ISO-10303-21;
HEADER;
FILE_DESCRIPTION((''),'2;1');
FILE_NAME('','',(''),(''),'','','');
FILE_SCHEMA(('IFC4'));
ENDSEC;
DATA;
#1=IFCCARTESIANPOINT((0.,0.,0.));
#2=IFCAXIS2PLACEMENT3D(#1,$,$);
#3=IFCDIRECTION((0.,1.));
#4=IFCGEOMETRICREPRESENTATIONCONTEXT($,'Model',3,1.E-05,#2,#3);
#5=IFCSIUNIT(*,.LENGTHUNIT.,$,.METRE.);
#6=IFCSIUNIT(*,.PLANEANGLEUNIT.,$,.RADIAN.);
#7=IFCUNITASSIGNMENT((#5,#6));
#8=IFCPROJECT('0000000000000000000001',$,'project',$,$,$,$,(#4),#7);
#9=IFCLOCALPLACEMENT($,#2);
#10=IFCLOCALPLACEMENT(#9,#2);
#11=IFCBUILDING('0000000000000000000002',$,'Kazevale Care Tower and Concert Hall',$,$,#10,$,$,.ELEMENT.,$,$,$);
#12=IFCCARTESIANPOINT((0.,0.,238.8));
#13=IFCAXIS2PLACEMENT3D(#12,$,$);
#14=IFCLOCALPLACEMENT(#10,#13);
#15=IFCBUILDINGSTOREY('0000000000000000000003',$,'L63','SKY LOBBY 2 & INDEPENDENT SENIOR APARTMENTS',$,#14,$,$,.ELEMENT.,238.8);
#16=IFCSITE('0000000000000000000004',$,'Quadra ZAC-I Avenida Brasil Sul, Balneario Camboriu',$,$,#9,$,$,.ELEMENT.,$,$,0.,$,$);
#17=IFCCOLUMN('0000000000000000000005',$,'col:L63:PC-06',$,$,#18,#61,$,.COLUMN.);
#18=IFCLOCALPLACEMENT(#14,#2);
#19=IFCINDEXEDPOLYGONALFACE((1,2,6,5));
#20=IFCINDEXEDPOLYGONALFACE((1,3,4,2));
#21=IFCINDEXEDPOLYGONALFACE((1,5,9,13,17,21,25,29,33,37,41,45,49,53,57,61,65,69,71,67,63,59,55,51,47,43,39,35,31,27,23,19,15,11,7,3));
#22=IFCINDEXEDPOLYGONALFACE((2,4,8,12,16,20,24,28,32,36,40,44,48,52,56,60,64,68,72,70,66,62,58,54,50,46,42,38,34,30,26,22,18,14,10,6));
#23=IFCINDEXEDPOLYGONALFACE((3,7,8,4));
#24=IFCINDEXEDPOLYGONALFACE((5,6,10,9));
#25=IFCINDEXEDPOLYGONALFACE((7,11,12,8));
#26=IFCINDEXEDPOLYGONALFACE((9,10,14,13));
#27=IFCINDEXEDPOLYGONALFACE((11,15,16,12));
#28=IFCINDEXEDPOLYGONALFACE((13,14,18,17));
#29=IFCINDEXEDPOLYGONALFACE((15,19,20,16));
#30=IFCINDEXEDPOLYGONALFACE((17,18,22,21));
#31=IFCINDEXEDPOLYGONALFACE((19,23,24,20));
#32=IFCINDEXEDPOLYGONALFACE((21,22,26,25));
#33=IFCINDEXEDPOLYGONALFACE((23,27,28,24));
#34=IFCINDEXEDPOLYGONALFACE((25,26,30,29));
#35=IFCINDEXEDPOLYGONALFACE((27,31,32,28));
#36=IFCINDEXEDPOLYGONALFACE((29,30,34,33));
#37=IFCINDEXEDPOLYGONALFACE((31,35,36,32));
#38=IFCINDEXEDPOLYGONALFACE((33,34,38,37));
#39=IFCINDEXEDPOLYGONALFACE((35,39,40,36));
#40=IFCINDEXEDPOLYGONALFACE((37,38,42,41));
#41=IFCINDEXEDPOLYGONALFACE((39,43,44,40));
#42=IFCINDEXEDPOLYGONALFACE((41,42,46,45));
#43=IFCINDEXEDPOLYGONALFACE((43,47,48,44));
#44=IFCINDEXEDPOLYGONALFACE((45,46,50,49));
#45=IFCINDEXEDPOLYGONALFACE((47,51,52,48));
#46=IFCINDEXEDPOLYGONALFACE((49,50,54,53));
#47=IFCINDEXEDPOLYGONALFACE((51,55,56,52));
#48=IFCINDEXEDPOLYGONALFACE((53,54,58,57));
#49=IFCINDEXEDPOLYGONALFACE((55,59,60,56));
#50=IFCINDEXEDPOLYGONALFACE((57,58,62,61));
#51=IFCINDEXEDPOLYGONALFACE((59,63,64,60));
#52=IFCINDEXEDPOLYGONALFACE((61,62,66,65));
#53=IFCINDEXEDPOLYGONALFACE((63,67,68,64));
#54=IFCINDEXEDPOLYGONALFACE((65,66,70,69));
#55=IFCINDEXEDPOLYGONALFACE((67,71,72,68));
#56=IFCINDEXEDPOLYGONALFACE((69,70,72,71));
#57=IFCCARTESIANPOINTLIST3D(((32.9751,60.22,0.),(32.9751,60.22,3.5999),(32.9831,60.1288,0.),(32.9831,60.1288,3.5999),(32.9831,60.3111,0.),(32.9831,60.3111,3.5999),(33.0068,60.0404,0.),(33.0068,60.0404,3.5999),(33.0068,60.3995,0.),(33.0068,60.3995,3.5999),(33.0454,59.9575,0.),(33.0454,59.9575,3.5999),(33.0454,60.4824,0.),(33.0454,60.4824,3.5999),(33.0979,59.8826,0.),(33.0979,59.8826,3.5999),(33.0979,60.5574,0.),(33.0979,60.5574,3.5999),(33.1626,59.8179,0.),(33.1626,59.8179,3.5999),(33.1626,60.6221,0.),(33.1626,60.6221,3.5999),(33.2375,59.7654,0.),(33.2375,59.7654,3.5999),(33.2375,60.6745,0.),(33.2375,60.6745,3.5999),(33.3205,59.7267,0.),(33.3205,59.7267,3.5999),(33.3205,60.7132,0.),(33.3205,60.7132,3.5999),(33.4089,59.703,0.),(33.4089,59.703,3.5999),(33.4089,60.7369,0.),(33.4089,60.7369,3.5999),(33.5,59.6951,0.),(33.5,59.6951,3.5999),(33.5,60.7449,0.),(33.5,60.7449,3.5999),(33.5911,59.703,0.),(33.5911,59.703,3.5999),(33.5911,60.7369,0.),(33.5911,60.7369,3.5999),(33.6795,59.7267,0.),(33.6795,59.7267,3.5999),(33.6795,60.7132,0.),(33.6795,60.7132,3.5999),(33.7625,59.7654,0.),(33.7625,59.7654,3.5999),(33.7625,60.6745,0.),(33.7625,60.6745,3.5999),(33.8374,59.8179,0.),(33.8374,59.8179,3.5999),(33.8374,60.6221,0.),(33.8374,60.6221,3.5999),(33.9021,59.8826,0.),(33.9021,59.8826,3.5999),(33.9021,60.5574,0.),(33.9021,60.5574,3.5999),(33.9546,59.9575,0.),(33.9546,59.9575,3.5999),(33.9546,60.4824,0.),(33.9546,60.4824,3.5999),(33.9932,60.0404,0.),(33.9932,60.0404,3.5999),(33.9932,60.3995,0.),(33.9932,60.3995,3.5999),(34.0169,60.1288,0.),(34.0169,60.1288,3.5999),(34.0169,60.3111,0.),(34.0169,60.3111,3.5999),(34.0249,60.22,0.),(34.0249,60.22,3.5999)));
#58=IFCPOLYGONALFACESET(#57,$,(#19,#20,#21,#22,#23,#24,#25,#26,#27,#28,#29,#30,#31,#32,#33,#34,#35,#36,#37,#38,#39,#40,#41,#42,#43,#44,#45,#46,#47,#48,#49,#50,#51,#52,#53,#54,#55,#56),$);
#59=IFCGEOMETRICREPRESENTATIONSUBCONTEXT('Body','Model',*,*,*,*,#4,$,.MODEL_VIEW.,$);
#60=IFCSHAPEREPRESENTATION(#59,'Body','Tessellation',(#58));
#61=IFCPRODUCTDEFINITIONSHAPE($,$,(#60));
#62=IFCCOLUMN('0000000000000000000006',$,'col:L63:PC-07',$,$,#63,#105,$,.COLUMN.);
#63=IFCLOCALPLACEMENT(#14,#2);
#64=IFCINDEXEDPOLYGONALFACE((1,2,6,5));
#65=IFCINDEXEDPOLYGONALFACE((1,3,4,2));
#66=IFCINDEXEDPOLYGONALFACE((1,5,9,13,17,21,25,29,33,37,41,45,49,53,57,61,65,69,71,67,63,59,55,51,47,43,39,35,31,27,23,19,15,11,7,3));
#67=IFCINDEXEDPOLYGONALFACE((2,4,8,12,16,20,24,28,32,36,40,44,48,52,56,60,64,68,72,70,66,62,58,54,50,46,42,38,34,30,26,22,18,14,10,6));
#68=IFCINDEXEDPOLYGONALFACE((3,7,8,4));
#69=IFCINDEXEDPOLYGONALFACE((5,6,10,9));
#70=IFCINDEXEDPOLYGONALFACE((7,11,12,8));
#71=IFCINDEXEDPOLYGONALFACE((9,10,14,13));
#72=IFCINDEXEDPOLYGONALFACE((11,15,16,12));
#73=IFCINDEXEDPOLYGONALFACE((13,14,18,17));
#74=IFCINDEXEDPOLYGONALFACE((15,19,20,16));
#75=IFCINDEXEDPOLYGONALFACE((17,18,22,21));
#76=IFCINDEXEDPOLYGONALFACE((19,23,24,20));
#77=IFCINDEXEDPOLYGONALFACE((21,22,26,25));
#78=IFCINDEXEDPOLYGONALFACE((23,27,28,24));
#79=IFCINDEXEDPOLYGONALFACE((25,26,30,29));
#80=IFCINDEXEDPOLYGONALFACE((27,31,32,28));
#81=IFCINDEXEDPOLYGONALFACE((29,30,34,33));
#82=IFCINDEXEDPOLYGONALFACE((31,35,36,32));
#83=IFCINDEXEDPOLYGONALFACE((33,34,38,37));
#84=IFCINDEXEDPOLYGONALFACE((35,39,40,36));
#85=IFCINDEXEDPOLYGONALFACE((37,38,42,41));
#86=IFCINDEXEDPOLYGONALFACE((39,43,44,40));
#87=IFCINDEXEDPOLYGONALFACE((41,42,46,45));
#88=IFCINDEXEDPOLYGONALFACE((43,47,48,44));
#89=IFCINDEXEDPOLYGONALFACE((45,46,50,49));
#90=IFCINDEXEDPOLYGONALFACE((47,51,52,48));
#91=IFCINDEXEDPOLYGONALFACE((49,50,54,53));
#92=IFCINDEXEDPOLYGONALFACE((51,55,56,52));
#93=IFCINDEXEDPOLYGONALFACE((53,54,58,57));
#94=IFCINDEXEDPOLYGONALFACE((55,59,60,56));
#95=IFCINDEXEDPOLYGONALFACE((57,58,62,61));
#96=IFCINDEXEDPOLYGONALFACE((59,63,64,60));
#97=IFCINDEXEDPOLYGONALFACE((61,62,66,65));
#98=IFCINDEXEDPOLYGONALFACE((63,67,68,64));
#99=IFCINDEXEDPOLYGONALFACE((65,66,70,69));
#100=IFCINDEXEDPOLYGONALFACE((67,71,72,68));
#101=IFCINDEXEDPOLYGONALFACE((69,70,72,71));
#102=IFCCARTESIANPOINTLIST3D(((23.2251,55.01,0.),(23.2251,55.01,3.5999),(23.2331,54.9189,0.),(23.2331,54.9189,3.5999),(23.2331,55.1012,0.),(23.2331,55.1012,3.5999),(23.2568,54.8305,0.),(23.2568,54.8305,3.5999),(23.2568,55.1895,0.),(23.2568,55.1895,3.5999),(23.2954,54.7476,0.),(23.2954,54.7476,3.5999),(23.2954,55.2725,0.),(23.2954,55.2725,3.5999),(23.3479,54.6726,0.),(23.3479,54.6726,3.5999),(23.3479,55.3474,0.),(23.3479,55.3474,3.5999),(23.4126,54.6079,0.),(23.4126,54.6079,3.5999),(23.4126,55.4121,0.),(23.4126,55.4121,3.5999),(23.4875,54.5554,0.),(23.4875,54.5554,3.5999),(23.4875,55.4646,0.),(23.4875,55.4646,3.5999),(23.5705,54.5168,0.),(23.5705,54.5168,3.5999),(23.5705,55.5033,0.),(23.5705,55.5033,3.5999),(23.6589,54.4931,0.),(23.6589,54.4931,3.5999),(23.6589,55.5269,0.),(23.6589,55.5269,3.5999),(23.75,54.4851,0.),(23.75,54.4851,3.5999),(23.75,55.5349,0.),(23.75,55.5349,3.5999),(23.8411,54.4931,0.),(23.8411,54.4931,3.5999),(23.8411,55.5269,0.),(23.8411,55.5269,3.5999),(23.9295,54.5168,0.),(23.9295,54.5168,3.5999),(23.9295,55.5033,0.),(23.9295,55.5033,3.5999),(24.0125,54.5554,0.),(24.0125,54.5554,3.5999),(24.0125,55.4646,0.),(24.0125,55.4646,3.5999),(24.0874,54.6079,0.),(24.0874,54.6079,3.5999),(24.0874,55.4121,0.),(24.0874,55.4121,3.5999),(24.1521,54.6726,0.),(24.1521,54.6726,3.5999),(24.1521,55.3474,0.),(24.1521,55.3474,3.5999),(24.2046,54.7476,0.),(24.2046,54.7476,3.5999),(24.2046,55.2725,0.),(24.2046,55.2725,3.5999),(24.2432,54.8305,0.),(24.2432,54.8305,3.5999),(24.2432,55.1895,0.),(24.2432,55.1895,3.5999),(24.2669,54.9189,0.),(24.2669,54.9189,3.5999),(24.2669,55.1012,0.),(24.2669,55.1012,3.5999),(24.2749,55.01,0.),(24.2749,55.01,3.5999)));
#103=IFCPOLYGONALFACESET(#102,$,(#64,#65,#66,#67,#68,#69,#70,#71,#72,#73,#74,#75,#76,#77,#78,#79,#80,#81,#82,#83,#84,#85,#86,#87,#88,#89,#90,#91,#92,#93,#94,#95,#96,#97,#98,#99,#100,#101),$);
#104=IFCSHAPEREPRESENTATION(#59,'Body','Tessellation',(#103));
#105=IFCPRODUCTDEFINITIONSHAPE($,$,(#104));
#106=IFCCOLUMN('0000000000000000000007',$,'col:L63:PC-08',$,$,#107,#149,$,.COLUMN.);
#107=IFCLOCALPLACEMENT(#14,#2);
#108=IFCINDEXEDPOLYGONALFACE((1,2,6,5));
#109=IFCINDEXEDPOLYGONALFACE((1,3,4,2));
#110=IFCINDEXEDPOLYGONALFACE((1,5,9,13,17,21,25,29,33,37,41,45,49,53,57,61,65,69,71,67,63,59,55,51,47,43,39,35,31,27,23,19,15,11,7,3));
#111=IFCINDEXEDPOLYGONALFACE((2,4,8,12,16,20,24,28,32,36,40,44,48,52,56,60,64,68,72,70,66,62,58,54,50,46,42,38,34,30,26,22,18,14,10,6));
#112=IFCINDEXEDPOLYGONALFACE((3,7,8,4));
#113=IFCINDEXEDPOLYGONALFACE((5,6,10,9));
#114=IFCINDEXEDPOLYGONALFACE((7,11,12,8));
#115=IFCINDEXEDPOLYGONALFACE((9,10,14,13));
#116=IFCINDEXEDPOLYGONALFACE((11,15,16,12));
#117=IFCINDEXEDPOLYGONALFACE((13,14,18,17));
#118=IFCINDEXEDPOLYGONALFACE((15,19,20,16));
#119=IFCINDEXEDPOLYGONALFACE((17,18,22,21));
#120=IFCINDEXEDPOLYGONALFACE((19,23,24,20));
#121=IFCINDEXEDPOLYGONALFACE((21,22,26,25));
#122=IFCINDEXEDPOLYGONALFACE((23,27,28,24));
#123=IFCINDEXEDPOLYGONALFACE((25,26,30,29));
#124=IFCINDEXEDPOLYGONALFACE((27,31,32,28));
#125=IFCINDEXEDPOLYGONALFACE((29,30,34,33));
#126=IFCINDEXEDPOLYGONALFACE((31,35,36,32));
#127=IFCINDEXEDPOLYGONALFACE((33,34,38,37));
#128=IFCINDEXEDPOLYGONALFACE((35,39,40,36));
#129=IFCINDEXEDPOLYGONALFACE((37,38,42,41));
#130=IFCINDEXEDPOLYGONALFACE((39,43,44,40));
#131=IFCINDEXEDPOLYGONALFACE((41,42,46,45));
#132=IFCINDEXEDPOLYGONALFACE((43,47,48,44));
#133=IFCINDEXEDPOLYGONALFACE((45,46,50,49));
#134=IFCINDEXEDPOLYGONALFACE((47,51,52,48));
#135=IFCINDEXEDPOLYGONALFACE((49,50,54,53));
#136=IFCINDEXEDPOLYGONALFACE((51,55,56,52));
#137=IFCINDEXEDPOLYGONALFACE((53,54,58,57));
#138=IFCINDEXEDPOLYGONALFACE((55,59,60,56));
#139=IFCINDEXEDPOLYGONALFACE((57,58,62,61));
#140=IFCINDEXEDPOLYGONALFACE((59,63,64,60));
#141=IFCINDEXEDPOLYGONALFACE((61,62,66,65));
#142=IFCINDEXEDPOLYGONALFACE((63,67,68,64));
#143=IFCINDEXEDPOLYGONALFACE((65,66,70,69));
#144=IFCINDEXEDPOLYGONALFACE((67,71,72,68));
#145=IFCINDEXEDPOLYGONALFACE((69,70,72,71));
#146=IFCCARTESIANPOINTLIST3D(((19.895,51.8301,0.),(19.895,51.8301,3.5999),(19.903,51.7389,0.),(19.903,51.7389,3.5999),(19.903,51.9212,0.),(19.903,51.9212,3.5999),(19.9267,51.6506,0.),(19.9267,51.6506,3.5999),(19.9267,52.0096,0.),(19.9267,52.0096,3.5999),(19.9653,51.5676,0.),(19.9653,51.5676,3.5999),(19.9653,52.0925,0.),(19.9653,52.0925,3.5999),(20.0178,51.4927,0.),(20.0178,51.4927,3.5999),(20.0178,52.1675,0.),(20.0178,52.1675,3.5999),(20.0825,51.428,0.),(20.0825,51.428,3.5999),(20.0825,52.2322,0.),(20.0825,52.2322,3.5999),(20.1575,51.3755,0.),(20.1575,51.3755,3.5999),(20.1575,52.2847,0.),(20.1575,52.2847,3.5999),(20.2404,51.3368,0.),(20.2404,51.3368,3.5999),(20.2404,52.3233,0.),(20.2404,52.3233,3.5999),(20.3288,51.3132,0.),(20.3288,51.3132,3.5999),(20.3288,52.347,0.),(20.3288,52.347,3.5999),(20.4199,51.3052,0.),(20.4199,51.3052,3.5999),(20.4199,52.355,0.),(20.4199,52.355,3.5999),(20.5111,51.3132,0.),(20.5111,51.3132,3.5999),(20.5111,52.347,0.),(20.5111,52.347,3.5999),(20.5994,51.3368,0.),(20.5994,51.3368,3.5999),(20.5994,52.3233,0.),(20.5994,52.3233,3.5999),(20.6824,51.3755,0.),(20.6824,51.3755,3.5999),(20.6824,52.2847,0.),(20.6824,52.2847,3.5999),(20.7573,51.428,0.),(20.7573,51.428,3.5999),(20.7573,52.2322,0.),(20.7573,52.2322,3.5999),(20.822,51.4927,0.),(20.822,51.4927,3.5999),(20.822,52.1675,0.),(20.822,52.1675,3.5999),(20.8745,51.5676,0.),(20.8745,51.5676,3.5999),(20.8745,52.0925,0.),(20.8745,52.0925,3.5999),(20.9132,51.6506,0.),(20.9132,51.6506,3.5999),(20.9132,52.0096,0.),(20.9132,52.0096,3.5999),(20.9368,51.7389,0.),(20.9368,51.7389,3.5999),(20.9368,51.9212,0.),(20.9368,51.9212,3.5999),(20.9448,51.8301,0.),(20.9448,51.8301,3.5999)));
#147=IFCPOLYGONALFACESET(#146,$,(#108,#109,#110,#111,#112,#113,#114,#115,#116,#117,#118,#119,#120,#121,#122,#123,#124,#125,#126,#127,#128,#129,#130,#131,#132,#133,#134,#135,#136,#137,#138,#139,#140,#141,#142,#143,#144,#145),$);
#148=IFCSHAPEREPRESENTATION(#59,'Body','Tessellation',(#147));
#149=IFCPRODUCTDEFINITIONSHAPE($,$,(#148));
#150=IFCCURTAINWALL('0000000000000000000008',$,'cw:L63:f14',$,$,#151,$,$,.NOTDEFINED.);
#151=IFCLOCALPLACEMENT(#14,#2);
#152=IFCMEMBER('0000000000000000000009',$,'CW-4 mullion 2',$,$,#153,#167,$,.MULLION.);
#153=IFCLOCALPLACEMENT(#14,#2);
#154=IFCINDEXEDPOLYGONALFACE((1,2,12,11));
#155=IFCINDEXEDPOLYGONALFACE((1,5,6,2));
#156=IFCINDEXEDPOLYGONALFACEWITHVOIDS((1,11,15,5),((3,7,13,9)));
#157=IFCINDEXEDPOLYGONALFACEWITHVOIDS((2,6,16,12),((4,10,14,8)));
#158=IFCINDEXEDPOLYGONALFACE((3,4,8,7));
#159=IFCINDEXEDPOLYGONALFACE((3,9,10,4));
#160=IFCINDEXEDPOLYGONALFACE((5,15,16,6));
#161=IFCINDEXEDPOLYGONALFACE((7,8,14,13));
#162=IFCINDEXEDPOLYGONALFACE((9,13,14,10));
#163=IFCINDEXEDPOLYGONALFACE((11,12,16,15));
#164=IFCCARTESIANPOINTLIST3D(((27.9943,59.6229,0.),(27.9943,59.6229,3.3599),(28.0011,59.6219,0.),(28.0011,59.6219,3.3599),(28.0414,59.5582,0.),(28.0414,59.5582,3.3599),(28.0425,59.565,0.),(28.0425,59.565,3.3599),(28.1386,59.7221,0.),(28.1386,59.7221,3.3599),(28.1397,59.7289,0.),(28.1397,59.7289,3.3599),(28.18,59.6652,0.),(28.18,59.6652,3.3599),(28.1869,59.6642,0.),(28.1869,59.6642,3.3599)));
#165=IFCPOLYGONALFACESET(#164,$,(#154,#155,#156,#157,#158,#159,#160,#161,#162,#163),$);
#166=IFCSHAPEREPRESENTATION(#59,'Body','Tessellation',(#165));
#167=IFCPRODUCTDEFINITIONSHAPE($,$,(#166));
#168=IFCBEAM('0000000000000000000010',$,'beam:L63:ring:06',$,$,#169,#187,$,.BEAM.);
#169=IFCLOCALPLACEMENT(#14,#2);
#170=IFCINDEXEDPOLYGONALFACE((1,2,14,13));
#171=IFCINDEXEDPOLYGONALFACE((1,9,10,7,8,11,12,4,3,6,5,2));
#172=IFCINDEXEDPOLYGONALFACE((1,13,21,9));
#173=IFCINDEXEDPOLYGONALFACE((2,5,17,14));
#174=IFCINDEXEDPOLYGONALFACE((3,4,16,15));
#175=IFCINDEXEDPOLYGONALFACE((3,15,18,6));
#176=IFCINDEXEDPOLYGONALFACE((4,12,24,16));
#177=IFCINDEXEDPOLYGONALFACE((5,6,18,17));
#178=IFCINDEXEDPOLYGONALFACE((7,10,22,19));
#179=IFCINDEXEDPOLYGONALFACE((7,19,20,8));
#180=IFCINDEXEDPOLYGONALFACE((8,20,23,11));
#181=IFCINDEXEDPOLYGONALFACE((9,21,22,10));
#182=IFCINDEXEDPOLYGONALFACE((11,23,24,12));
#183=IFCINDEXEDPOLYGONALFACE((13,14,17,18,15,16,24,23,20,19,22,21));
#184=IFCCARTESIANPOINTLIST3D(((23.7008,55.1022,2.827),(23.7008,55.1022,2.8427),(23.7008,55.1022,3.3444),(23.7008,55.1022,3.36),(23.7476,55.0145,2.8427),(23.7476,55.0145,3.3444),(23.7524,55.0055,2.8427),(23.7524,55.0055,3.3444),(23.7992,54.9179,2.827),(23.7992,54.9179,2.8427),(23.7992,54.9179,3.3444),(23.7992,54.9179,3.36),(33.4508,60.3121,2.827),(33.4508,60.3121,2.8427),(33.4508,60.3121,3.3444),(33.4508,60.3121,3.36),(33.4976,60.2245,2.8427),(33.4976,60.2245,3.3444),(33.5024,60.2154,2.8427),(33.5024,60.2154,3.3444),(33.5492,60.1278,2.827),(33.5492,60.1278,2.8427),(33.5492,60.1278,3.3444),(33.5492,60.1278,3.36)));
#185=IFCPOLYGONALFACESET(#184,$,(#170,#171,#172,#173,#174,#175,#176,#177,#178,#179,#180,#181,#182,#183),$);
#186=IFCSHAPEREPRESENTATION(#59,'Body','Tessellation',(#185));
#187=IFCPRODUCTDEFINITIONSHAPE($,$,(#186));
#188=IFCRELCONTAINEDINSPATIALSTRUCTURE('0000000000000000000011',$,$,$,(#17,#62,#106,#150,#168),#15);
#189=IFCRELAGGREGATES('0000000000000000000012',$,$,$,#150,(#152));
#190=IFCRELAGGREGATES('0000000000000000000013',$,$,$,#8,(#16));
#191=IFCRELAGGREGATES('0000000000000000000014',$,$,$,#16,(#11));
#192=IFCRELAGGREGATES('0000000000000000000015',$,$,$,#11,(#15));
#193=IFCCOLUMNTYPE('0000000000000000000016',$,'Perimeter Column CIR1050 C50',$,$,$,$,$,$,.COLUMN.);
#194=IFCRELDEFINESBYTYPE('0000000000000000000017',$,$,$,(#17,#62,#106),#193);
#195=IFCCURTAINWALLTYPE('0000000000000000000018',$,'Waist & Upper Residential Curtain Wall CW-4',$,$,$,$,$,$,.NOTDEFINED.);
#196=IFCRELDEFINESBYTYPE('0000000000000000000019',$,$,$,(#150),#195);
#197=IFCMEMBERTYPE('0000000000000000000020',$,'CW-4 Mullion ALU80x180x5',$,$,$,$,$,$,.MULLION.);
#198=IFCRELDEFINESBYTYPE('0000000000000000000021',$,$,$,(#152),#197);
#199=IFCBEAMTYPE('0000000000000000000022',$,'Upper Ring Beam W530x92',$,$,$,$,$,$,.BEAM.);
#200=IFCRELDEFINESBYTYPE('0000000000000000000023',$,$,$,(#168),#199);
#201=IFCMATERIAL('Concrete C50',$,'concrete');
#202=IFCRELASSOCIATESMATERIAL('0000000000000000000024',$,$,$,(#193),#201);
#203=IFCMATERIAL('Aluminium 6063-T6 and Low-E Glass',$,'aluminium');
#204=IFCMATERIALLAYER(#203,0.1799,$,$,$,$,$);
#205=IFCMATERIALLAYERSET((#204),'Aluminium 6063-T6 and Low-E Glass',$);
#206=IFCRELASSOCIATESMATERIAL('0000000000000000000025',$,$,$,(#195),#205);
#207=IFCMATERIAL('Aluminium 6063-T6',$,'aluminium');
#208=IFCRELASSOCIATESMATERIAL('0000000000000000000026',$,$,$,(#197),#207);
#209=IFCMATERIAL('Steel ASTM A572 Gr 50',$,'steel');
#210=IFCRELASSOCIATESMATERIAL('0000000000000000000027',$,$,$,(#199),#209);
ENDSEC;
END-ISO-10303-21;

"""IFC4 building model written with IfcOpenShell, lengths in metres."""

from ifc_helpers import new_model, si_unit, direction, frame, origin, origin_2d, place, context, subcontext, project, spatial, hollow_rectangle, circle, i_section, extrude, material, layer, layer_set, material_profile, profile_set, type_object, element, aggregate, save


model = new_model("IFC4")

# Units and contexts
model_context = context("Model", 3, precision=1e-05, world=origin(), true_north=direction((0.0, 1.0)))
body_context = subcontext(model_context, "Body", "Model", "MODEL_VIEW")
ifc_project = project(units=[si_unit("LENGTHUNIT", "METRE"), si_unit("PLANEANGLEUNIT", "RADIAN")], contexts=[model_context])

# Site, building, storey
site_placement = place(None, origin())
site = spatial("IfcSite", under=ifc_project, at=site_placement, Name="Quadra ZAC-I Avenida Brasil Sul, Balneario Camboriu", CompositionType="ELEMENT", RefElevation=0.0)
building_placement = place(site_placement, origin())
building = spatial("IfcBuilding", under=site, at=building_placement, Name="Kazevale Care Tower and Concert Hall", CompositionType="ELEMENT")
storey_placement = place(building_placement, frame((0.0, 0.0, 238.8)))
storey = spatial("IfcBuildingStorey", under=building, at=storey_placement, Name="L63", Description="SKY LOBBY 2 & INDEPENDENT SENIOR APARTMENTS", CompositionType="ELEMENT", Elevation=238.8)

# Columns
ifc_material_1 = material(Name="Concrete C50", Category="concrete")
ifc_material_profile_1 = material_profile(ifc_material_1, circle(Radius=0.5249, at=origin_2d()), Name="RC-CIR1050")
ifc_profile_set_1 = profile_set([ifc_material_profile_1], Name="Concrete C50")
column_type = type_object("IfcColumnType", Name="Perimeter Column CIR1050 C50", PredefinedType="COLUMN", material=ifc_profile_set_1)
for number, where, z_axis, x_axis, name in (
    (1, (33.5, 60.22, 0.0), (0.0, 0.0, 1.0), (1.0, 0.0, 0.0), "col:L63:PC-06"),
    (2, (23.75, 55.01, 0.0), (0.0, 0.0, 1.0), (1.0, 0.0, 0.0), "col:L63:PC-07"),
    (3, (20.4199, 51.8301, 0.0), (0.0, 0.0, 1.0), (1.0, 0.0, 0.0), "col:L63:PC-08"),
):
    element("IfcColumn", number, at=place(storey_placement, frame(where, z_axis=z_axis, x_axis=x_axis)), inside=storey, type_object=column_type, Name=name, PredefinedType="COLUMN", context=body_context, shape_type="SweptSolid", body=[
        extrude(circle(Radius=0.5249, at=origin_2d()), origin(), (0.0, 0.0, 1.0), 3.5999),
    ])

# Curtain wall, member
ifc_material_2 = material(Name="Aluminium 6063-T6 and Low-E Glass", Category="aluminium")
ifc_layer_1 = layer(ifc_material_2, 0.1799)
ifc_layer_set_1 = layer_set([ifc_layer_1], Name="Aluminium 6063-T6 and Low-E Glass")
curtain_wall_type = type_object("IfcCurtainWallType", Name="Waist & Upper Residential Curtain Wall CW-4", PredefinedType="NOTDEFINED", material=ifc_layer_set_1)
curtain_wall_placement = place(storey_placement, origin())
curtain_wall = element("IfcCurtainWall", 4, at=curtain_wall_placement, inside=storey, type_object=curtain_wall_type, Name="cw:L63:f14", PredefinedType="NOTDEFINED")
ifc_material_3 = material(Name="Aluminium 6063-T6", Category="aluminium")
ifc_material_profile_2 = material_profile(ifc_material_3, hollow_rectangle(XDim=0.0801, YDim=0.1799, WallThickness=0.0049, at=origin_2d()), Name="ALU80x180x5")
ifc_profile_set_2 = profile_set([ifc_material_profile_2], Name="Aluminium 6063-T6")
member_type = type_object("IfcMemberType", Name="CW-4 Mullion ALU80x180x5", PredefinedType="MULLION", material=ifc_profile_set_2)
member_placement = place(storey_placement, frame((28.0906, 59.6436, 0.0), z_axis=(0.0, 0.0, 1.0), x_axis=(-0.58891, 0.808198, 0.0)))
member = element("IfcMember", 5, at=member_placement, type_object=member_type, Name="CW-4 mullion 2", PredefinedType="MULLION", context=body_context, shape_type="SweptSolid", body=[
    extrude(hollow_rectangle(XDim=0.0801, YDim=0.1799, WallThickness=0.0049, at=origin_2d()), origin(), (0.0, 0.0, 1.0), 3.3599),
])

# Beam
ifc_material_4 = material(Name="Steel ASTM A572 Gr 50", Category="steel")
ifc_material_profile_3 = material_profile(ifc_material_4, i_section(OverallWidth=0.209, OverallDepth=0.533, WebThickness=0.0103, FlangeThickness=0.0156, at=origin_2d()), Name="W530x92")
ifc_profile_set_3 = profile_set([ifc_material_profile_3], Name="Steel ASTM A572 Gr 50")
beam_type = type_object("IfcBeamType", Name="Upper Ring Beam W530x92", PredefinedType="BEAM", material=ifc_profile_set_3)
beam_1_placement = place(storey_placement, frame((33.5, 60.22, 3.0935), z_axis=(-0.881979, -0.47129, 0.0), x_axis=(0.47129, -0.881979, 0.0)))
element("IfcBeam", 6, at=beam_1_placement, inside=storey, type_object=beam_type, Name="beam:L63:ring:06", PredefinedType="BEAM", context=body_context, shape_type="SweptSolid", body=[
    extrude(i_section(OverallWidth=0.209, OverallDepth=0.533, WebThickness=0.0103, FlangeThickness=0.0156, at=origin_2d()), origin(), (0.0, 0.0, 1.0), 11.0547),
])

aggregate(curtain_wall, [member])

save(model, "model.ifc")
